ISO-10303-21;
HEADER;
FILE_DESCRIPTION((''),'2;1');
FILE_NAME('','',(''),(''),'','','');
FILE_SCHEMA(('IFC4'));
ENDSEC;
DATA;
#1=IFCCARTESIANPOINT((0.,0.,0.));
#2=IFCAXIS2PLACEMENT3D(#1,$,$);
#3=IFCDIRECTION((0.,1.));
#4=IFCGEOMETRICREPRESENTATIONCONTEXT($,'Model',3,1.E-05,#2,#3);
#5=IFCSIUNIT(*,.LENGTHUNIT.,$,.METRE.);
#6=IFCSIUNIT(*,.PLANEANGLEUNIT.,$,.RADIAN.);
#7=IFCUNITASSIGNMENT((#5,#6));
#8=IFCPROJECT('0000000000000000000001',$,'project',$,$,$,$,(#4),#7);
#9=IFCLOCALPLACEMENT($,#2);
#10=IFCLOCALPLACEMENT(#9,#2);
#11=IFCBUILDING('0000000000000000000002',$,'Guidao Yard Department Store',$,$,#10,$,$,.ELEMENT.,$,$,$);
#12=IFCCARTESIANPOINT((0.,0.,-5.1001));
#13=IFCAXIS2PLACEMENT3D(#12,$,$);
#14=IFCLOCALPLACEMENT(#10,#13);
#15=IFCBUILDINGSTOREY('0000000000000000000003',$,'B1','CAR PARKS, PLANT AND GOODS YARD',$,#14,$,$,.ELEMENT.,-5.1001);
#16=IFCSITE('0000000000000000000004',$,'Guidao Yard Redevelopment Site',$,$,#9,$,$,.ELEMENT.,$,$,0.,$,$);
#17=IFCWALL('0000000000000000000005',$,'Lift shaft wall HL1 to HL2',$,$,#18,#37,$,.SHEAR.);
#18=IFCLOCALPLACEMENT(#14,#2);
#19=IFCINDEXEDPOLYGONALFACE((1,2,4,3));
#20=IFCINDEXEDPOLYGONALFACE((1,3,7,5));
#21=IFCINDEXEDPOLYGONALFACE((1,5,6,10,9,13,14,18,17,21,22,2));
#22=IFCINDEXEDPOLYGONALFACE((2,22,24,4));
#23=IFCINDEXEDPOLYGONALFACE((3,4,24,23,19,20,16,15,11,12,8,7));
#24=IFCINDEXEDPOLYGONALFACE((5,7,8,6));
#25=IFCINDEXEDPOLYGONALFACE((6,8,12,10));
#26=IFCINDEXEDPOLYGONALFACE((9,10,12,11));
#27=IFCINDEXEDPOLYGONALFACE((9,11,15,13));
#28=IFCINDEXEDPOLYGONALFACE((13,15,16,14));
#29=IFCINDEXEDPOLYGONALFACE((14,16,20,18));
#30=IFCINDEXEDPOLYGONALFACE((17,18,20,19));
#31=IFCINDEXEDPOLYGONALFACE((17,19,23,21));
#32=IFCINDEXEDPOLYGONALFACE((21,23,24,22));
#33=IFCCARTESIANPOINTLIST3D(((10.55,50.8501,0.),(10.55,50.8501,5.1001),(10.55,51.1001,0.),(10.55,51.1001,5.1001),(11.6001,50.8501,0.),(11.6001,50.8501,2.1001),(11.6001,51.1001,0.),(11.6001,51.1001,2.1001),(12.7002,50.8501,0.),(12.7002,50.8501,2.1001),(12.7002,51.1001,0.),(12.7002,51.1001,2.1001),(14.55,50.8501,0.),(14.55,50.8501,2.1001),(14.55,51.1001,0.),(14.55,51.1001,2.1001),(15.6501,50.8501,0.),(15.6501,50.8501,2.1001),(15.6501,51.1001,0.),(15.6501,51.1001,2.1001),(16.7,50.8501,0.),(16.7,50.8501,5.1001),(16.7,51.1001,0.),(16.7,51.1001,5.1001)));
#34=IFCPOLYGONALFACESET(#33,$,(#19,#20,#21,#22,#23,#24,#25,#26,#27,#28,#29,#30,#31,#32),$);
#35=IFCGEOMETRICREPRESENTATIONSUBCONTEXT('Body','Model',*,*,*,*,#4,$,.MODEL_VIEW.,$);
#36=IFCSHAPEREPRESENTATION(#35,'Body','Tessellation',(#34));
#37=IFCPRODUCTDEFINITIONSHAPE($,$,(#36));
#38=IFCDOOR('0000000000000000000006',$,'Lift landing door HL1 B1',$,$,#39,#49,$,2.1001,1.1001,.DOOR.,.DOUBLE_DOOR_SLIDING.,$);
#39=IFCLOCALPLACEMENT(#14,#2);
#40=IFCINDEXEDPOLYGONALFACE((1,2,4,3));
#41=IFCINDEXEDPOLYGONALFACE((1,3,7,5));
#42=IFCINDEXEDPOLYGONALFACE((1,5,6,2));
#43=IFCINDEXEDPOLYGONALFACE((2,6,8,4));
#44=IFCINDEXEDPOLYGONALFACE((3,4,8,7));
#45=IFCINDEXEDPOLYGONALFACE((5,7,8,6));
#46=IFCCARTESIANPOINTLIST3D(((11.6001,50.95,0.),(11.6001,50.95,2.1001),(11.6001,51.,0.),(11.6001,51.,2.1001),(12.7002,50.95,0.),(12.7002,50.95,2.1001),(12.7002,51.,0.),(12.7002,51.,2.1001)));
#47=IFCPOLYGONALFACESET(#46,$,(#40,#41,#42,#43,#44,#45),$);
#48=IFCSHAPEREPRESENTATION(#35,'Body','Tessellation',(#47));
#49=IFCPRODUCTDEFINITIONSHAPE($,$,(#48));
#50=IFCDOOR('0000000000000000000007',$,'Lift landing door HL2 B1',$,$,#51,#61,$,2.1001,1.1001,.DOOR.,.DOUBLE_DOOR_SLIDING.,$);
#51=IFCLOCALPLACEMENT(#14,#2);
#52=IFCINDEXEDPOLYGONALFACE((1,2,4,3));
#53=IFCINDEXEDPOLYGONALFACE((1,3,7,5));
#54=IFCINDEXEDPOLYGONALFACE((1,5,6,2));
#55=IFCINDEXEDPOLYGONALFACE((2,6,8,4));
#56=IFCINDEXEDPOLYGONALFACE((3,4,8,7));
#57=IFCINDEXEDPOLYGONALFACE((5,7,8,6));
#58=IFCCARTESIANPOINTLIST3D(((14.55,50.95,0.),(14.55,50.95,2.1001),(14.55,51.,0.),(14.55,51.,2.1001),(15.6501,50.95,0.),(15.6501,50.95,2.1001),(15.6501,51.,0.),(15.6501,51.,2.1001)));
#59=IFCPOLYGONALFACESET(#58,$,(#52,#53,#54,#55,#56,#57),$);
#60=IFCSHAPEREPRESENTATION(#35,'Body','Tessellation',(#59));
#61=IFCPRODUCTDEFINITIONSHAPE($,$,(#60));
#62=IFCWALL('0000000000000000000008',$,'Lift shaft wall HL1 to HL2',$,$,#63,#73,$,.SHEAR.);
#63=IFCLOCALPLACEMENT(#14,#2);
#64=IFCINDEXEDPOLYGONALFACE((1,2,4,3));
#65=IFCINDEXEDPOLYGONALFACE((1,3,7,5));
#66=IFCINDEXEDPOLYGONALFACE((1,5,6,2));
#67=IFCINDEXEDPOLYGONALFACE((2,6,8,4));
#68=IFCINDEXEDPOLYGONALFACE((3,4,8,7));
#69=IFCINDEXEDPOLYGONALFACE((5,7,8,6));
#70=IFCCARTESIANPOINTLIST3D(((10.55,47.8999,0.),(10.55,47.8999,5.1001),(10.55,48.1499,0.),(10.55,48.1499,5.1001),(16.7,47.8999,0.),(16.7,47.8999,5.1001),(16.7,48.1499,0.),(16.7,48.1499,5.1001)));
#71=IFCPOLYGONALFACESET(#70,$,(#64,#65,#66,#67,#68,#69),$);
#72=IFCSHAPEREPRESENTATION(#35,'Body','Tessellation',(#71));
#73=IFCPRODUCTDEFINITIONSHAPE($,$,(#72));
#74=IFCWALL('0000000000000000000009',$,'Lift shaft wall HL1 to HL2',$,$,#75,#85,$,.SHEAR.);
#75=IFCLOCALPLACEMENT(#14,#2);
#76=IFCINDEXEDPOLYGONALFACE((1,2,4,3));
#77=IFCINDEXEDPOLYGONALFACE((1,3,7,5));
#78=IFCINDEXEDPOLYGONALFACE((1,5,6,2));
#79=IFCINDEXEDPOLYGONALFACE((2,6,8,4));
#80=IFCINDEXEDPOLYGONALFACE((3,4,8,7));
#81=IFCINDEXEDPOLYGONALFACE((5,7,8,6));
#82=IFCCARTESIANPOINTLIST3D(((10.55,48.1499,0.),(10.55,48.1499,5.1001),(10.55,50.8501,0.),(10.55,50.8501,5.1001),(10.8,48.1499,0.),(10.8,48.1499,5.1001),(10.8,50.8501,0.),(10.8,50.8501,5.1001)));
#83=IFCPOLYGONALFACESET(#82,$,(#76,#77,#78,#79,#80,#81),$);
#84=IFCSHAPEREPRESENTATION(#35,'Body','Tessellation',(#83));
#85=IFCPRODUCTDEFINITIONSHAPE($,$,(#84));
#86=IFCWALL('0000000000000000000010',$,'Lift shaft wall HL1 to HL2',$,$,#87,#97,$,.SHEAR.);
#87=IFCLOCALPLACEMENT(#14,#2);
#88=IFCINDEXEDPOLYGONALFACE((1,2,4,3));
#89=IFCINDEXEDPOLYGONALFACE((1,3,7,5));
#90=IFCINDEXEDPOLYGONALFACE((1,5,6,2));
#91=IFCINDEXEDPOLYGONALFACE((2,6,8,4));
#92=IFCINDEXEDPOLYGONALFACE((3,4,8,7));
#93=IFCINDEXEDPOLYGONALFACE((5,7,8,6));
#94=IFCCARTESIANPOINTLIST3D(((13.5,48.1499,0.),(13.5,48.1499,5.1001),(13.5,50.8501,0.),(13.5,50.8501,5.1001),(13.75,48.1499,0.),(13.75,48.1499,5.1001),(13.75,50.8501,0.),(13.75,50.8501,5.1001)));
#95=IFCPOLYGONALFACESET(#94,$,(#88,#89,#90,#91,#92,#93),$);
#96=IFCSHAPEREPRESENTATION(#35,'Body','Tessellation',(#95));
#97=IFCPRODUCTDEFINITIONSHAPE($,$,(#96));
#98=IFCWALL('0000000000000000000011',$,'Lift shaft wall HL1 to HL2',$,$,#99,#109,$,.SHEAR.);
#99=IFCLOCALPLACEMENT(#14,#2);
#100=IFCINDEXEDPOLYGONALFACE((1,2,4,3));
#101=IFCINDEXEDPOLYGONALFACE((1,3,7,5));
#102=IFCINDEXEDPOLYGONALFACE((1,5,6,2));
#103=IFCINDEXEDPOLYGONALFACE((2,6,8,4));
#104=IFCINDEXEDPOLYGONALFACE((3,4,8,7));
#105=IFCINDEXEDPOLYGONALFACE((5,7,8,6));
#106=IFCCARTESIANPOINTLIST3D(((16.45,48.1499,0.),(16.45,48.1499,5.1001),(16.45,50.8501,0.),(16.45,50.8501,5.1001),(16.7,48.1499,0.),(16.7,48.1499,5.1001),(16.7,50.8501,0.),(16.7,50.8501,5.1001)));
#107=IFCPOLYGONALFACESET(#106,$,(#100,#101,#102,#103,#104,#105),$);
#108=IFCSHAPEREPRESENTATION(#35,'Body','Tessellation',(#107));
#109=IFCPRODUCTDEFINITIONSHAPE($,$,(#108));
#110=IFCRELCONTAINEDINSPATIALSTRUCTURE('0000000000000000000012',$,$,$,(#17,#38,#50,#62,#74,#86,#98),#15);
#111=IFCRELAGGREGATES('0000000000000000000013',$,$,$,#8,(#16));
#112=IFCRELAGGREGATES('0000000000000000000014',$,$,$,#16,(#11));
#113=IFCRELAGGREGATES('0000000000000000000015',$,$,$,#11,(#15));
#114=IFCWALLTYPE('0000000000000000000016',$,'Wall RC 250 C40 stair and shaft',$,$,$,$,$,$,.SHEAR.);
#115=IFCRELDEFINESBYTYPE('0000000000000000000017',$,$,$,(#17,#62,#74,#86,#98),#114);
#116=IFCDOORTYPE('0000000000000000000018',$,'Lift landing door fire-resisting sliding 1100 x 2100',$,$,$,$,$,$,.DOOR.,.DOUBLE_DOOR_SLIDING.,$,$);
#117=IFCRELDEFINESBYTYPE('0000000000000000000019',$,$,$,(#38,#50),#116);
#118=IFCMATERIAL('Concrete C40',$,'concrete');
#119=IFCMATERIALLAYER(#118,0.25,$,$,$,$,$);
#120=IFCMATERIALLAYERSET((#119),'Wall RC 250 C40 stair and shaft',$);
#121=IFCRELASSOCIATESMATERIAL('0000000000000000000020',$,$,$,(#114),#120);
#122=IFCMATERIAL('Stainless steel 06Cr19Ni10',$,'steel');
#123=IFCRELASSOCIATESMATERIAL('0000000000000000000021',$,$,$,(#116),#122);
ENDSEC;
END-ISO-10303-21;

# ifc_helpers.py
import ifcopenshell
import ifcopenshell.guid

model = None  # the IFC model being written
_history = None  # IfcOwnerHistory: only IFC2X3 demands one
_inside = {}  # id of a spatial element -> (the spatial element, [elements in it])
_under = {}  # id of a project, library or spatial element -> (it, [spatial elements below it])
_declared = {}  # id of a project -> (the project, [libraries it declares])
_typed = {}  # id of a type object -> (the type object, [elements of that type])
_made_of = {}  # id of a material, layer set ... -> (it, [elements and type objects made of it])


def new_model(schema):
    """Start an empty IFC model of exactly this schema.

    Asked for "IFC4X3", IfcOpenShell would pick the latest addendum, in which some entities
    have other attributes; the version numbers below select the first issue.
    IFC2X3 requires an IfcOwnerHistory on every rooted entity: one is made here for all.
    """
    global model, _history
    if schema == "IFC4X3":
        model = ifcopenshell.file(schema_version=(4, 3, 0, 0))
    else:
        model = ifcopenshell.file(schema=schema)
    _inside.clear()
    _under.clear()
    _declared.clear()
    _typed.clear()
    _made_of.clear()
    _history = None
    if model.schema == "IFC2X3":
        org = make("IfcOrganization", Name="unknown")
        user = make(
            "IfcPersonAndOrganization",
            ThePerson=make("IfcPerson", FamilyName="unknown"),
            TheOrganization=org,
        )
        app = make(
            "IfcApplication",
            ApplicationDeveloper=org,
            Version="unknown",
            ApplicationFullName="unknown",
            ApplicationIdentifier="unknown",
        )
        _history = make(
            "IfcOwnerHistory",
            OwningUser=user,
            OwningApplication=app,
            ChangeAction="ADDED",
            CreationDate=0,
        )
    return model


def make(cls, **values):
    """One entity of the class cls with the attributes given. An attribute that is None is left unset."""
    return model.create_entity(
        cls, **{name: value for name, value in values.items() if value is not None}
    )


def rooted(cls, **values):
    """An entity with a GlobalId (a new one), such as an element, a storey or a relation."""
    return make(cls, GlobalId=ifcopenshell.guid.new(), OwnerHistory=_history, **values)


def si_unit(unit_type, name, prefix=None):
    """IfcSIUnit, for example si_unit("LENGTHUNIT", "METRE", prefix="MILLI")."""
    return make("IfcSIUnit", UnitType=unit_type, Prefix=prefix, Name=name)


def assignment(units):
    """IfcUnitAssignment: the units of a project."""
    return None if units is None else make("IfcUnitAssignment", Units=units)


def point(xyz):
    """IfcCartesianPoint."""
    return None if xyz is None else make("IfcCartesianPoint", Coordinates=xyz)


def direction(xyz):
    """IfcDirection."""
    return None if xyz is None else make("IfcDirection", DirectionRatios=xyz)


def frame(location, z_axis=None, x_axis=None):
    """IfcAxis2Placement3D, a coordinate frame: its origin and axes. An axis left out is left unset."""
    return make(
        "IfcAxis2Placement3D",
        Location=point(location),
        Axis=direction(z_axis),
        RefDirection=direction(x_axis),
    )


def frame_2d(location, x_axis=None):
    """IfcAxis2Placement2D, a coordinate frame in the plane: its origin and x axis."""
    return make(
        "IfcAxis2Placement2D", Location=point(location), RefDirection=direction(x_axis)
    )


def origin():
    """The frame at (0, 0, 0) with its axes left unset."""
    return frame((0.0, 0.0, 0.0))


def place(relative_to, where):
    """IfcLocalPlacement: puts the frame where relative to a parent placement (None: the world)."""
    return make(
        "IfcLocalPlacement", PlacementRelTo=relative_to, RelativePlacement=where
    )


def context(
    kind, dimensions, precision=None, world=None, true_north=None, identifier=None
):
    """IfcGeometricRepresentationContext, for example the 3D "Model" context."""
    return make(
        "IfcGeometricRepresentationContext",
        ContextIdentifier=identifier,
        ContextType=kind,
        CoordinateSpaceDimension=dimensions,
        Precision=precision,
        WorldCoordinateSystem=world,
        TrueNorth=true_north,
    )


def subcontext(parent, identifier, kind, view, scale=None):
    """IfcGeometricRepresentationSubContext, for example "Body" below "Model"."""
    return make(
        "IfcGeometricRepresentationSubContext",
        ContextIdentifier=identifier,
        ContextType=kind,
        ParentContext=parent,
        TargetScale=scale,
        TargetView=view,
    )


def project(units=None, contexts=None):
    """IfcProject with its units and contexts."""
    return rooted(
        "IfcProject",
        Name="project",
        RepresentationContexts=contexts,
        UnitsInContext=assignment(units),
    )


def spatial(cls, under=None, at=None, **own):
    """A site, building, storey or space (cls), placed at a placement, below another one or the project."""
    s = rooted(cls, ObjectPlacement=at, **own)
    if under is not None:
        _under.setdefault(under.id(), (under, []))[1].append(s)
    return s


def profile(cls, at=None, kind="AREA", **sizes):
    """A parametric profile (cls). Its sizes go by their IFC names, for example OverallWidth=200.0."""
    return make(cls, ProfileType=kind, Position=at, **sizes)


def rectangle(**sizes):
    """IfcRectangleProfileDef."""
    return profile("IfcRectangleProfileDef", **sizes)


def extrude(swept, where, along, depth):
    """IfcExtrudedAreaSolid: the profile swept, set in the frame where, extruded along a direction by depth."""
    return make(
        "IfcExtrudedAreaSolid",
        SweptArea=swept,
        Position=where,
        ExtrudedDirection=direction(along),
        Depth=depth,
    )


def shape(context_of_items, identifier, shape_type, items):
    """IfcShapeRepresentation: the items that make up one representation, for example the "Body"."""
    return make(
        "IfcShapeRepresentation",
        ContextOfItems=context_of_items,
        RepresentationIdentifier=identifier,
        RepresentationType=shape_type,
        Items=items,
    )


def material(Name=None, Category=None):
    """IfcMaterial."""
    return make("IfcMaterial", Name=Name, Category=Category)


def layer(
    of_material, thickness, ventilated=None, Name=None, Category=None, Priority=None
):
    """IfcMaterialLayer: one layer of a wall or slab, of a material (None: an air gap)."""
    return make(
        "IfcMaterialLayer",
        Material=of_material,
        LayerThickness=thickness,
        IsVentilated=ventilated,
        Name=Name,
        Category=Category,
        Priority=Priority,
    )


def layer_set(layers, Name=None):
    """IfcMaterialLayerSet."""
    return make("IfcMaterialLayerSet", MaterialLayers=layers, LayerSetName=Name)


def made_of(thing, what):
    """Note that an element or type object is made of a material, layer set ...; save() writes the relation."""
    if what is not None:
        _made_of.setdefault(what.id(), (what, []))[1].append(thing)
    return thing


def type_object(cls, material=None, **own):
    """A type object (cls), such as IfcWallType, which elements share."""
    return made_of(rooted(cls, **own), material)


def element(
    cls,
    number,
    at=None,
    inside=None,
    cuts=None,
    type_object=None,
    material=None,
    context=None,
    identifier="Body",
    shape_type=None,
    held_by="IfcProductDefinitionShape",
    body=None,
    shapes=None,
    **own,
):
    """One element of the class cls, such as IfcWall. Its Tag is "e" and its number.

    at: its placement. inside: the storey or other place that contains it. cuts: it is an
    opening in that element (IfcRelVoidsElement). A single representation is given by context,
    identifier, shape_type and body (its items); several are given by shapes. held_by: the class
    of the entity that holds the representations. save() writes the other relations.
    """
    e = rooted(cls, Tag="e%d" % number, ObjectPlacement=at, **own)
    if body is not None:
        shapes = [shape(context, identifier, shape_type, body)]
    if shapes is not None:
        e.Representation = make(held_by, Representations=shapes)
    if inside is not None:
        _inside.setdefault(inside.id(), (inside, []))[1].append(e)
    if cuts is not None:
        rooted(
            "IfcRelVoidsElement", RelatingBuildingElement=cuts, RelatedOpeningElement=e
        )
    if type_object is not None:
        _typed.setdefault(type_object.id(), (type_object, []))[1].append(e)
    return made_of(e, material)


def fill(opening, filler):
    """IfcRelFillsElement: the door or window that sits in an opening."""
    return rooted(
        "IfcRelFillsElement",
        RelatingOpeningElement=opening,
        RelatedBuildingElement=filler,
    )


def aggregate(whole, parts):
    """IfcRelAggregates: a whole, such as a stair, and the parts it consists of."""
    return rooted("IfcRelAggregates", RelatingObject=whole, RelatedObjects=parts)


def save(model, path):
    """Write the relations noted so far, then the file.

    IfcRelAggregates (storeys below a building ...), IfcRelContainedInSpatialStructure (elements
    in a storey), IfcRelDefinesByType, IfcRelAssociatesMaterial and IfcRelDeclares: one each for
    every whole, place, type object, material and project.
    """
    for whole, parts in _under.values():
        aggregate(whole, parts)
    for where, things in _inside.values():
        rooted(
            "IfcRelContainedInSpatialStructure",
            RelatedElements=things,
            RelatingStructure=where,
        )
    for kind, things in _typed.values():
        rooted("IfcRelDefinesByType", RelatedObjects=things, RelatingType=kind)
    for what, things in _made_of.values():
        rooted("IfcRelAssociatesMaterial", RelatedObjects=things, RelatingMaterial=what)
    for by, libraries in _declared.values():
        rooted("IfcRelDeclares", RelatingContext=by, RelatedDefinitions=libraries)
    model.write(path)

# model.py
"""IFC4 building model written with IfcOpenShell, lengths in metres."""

from ifc_helpers import new_model, si_unit, direction, frame, frame_2d, origin, place, context, subcontext, project, spatial, rectangle, extrude, material, layer, layer_set, type_object, element, fill, save


model = new_model("IFC4")

# Units and contexts
model_context = context("Model", 3, precision=1e-05, world=origin(), true_north=direction((0.0, 1.0)))
body_context = subcontext(model_context, "Body", "Model", "MODEL_VIEW")
ifc_project = project(units=[si_unit("LENGTHUNIT", "METRE"), si_unit("PLANEANGLEUNIT", "RADIAN")], contexts=[model_context])

# Site, building, storey
site_placement = place(None, origin())
site = spatial("IfcSite", under=ifc_project, at=site_placement, Name="Guidao Yard Redevelopment Site", CompositionType="ELEMENT", RefElevation=0.0)
building_placement = place(site_placement, origin())
building = spatial("IfcBuilding", under=site, at=building_placement, Name="Guidao Yard Department Store", CompositionType="ELEMENT")
storey_placement = place(building_placement, frame((0.0, 0.0, -5.1001)))
storey = spatial("IfcBuildingStorey", under=building, at=storey_placement, Name="B1", Description="CAR PARKS, PLANT AND GOODS YARD", CompositionType="ELEMENT", Elevation=-5.1001)

# Wall, openings, doors
ifc_material_1 = material(Name="Concrete C40", Category="concrete")
ifc_layer_1 = layer(ifc_material_1, 0.25)
ifc_layer_set_1 = layer_set([ifc_layer_1], Name="Wall RC 250 C40 stair and shaft")
wall_type_1 = type_object("IfcWallType", Name="Wall RC 250 C40 stair and shaft", PredefinedType="SHEAR", material=ifc_layer_set_1)
wall_1_placement = place(storey_placement, frame((10.55, 50.9751, 0.0), z_axis=(0.0, 0.0, 1.0), x_axis=(1.0, 0.0, 0.0)))
wall_1 = element("IfcWall", 1, at=wall_1_placement, inside=storey, type_object=wall_type_1, Name="Lift shaft wall HL1 to HL2", PredefinedType="SHEAR", context=body_context, shape_type="SweptSolid", body=[
    extrude(rectangle(XDim=6.1499, YDim=0.25, at=frame_2d((3.075, 0.0))), origin(), (0.0, 0.0, 1.0), 5.1001),
])
opening_1_placement = place(wall_1_placement, frame((1.05, 0.0, 0.0)))
opening_1 = element("IfcOpeningElement", 2, at=opening_1_placement, cuts=wall_1, PredefinedType="OPENING", context=body_context, shape_type="SweptSolid", body=[
    extrude(rectangle(XDim=1.1001, YDim=2.1001, at=frame_2d((0.55, 1.05))), frame((0.0, 0.135, 0.0), z_axis=(0.0, -1.0, 0.0), x_axis=(1.0, 0.0, 0.0)), (0.0, 0.0, 1.0), 0.27),
])
opening_2_placement = place(wall_1_placement, frame((4.0, 0.0, 0.0)))
opening_2 = element("IfcOpeningElement", 3, at=opening_2_placement, cuts=wall_1, PredefinedType="OPENING", context=body_context, shape_type="SweptSolid", body=[
    extrude(rectangle(XDim=1.1001, YDim=2.1001, at=frame_2d((0.55, 1.05))), frame((0.0, 0.135, 0.0), z_axis=(0.0, -1.0, 0.0), x_axis=(1.0, 0.0, 0.0)), (0.0, 0.0, 1.0), 0.27),
])
ifc_material_2 = material(Name="Stainless steel 06Cr19Ni10", Category="steel")
door_type = type_object("IfcDoorType", Name="Lift landing door fire-resisting sliding 1100 x 2100", OperationType="DOUBLE_DOOR_SLIDING", PredefinedType="DOOR", material=ifc_material_2)
door_1_placement = place(opening_1_placement, origin())
door_1 = element("IfcDoor", 4, at=door_1_placement, inside=storey, type_object=door_type, Name="Lift landing door HL1 B1", OperationType="DOUBLE_DOOR_SLIDING", OverallHeight=2.1001, OverallWidth=1.1001, PredefinedType="DOOR", context=body_context, shape_type="SweptSolid", body=[
    extrude(rectangle(XDim=1.1001, YDim=2.1001, at=frame_2d((0.55, 1.05))), frame((0.0, 0.0249, 0.0), z_axis=(0.0, -1.0, 0.0), x_axis=(1.0, 0.0, 0.0)), (0.0, 0.0, 1.0), 0.05),
])
fill(opening_1, door_1)
door_2_placement = place(opening_2_placement, origin())
door_2 = element("IfcDoor", 5, at=door_2_placement, inside=storey, type_object=door_type, Name="Lift landing door HL2 B1", OperationType="DOUBLE_DOOR_SLIDING", OverallHeight=2.1001, OverallWidth=1.1001, PredefinedType="DOOR", context=body_context, shape_type="SweptSolid", body=[
    extrude(rectangle(XDim=1.1001, YDim=2.1001, at=frame_2d((0.55, 1.05))), frame((0.0, 0.0249, 0.0), z_axis=(0.0, -1.0, 0.0), x_axis=(1.0, 0.0, 0.0)), (0.0, 0.0, 1.0), 0.05),
])
fill(opening_2, door_2)

# Walls
wall_2_placement = place(storey_placement, frame((10.55, 48.0249, 0.0), z_axis=(0.0, 0.0, 1.0), x_axis=(1.0, 0.0, 0.0)))
element("IfcWall", 6, at=wall_2_placement, inside=storey, type_object=wall_type_1, Name="Lift shaft wall HL1 to HL2", PredefinedType="SHEAR", context=body_context, shape_type="SweptSolid", body=[
    extrude(rectangle(XDim=6.1499, YDim=0.25, at=frame_2d((3.075, 0.0))), origin(), (0.0, 0.0, 1.0), 5.1001),
])
for number, where, z_axis, x_axis, name in (
    (7, (10.675, 48.1499, 0.0), (0.0, 0.0, 1.0), (0.0, 1.0, 0.0), "Lift shaft wall HL1 to HL2"),
    (8, (13.625, 48.1499, 0.0), (0.0, 0.0, 1.0), (0.0, 1.0, 0.0), "Lift shaft wall HL1 to HL2"),
    (9, (16.575, 48.1499, 0.0), (0.0, 0.0, 1.0), (0.0, 1.0, 0.0), "Lift shaft wall HL1 to HL2"),
):
    element("IfcWall", number, at=place(storey_placement, frame(where, z_axis=z_axis, x_axis=x_axis)), inside=storey, type_object=wall_type_1, Name=name, PredefinedType="SHEAR", context=body_context, shape_type="SweptSolid", body=[
        extrude(rectangle(XDim=2.7002, YDim=0.25, at=frame_2d((1.3501, 0.0))), origin(), (0.0, 0.0, 1.0), 5.1001),
    ])

save(model, "model.ifc")
